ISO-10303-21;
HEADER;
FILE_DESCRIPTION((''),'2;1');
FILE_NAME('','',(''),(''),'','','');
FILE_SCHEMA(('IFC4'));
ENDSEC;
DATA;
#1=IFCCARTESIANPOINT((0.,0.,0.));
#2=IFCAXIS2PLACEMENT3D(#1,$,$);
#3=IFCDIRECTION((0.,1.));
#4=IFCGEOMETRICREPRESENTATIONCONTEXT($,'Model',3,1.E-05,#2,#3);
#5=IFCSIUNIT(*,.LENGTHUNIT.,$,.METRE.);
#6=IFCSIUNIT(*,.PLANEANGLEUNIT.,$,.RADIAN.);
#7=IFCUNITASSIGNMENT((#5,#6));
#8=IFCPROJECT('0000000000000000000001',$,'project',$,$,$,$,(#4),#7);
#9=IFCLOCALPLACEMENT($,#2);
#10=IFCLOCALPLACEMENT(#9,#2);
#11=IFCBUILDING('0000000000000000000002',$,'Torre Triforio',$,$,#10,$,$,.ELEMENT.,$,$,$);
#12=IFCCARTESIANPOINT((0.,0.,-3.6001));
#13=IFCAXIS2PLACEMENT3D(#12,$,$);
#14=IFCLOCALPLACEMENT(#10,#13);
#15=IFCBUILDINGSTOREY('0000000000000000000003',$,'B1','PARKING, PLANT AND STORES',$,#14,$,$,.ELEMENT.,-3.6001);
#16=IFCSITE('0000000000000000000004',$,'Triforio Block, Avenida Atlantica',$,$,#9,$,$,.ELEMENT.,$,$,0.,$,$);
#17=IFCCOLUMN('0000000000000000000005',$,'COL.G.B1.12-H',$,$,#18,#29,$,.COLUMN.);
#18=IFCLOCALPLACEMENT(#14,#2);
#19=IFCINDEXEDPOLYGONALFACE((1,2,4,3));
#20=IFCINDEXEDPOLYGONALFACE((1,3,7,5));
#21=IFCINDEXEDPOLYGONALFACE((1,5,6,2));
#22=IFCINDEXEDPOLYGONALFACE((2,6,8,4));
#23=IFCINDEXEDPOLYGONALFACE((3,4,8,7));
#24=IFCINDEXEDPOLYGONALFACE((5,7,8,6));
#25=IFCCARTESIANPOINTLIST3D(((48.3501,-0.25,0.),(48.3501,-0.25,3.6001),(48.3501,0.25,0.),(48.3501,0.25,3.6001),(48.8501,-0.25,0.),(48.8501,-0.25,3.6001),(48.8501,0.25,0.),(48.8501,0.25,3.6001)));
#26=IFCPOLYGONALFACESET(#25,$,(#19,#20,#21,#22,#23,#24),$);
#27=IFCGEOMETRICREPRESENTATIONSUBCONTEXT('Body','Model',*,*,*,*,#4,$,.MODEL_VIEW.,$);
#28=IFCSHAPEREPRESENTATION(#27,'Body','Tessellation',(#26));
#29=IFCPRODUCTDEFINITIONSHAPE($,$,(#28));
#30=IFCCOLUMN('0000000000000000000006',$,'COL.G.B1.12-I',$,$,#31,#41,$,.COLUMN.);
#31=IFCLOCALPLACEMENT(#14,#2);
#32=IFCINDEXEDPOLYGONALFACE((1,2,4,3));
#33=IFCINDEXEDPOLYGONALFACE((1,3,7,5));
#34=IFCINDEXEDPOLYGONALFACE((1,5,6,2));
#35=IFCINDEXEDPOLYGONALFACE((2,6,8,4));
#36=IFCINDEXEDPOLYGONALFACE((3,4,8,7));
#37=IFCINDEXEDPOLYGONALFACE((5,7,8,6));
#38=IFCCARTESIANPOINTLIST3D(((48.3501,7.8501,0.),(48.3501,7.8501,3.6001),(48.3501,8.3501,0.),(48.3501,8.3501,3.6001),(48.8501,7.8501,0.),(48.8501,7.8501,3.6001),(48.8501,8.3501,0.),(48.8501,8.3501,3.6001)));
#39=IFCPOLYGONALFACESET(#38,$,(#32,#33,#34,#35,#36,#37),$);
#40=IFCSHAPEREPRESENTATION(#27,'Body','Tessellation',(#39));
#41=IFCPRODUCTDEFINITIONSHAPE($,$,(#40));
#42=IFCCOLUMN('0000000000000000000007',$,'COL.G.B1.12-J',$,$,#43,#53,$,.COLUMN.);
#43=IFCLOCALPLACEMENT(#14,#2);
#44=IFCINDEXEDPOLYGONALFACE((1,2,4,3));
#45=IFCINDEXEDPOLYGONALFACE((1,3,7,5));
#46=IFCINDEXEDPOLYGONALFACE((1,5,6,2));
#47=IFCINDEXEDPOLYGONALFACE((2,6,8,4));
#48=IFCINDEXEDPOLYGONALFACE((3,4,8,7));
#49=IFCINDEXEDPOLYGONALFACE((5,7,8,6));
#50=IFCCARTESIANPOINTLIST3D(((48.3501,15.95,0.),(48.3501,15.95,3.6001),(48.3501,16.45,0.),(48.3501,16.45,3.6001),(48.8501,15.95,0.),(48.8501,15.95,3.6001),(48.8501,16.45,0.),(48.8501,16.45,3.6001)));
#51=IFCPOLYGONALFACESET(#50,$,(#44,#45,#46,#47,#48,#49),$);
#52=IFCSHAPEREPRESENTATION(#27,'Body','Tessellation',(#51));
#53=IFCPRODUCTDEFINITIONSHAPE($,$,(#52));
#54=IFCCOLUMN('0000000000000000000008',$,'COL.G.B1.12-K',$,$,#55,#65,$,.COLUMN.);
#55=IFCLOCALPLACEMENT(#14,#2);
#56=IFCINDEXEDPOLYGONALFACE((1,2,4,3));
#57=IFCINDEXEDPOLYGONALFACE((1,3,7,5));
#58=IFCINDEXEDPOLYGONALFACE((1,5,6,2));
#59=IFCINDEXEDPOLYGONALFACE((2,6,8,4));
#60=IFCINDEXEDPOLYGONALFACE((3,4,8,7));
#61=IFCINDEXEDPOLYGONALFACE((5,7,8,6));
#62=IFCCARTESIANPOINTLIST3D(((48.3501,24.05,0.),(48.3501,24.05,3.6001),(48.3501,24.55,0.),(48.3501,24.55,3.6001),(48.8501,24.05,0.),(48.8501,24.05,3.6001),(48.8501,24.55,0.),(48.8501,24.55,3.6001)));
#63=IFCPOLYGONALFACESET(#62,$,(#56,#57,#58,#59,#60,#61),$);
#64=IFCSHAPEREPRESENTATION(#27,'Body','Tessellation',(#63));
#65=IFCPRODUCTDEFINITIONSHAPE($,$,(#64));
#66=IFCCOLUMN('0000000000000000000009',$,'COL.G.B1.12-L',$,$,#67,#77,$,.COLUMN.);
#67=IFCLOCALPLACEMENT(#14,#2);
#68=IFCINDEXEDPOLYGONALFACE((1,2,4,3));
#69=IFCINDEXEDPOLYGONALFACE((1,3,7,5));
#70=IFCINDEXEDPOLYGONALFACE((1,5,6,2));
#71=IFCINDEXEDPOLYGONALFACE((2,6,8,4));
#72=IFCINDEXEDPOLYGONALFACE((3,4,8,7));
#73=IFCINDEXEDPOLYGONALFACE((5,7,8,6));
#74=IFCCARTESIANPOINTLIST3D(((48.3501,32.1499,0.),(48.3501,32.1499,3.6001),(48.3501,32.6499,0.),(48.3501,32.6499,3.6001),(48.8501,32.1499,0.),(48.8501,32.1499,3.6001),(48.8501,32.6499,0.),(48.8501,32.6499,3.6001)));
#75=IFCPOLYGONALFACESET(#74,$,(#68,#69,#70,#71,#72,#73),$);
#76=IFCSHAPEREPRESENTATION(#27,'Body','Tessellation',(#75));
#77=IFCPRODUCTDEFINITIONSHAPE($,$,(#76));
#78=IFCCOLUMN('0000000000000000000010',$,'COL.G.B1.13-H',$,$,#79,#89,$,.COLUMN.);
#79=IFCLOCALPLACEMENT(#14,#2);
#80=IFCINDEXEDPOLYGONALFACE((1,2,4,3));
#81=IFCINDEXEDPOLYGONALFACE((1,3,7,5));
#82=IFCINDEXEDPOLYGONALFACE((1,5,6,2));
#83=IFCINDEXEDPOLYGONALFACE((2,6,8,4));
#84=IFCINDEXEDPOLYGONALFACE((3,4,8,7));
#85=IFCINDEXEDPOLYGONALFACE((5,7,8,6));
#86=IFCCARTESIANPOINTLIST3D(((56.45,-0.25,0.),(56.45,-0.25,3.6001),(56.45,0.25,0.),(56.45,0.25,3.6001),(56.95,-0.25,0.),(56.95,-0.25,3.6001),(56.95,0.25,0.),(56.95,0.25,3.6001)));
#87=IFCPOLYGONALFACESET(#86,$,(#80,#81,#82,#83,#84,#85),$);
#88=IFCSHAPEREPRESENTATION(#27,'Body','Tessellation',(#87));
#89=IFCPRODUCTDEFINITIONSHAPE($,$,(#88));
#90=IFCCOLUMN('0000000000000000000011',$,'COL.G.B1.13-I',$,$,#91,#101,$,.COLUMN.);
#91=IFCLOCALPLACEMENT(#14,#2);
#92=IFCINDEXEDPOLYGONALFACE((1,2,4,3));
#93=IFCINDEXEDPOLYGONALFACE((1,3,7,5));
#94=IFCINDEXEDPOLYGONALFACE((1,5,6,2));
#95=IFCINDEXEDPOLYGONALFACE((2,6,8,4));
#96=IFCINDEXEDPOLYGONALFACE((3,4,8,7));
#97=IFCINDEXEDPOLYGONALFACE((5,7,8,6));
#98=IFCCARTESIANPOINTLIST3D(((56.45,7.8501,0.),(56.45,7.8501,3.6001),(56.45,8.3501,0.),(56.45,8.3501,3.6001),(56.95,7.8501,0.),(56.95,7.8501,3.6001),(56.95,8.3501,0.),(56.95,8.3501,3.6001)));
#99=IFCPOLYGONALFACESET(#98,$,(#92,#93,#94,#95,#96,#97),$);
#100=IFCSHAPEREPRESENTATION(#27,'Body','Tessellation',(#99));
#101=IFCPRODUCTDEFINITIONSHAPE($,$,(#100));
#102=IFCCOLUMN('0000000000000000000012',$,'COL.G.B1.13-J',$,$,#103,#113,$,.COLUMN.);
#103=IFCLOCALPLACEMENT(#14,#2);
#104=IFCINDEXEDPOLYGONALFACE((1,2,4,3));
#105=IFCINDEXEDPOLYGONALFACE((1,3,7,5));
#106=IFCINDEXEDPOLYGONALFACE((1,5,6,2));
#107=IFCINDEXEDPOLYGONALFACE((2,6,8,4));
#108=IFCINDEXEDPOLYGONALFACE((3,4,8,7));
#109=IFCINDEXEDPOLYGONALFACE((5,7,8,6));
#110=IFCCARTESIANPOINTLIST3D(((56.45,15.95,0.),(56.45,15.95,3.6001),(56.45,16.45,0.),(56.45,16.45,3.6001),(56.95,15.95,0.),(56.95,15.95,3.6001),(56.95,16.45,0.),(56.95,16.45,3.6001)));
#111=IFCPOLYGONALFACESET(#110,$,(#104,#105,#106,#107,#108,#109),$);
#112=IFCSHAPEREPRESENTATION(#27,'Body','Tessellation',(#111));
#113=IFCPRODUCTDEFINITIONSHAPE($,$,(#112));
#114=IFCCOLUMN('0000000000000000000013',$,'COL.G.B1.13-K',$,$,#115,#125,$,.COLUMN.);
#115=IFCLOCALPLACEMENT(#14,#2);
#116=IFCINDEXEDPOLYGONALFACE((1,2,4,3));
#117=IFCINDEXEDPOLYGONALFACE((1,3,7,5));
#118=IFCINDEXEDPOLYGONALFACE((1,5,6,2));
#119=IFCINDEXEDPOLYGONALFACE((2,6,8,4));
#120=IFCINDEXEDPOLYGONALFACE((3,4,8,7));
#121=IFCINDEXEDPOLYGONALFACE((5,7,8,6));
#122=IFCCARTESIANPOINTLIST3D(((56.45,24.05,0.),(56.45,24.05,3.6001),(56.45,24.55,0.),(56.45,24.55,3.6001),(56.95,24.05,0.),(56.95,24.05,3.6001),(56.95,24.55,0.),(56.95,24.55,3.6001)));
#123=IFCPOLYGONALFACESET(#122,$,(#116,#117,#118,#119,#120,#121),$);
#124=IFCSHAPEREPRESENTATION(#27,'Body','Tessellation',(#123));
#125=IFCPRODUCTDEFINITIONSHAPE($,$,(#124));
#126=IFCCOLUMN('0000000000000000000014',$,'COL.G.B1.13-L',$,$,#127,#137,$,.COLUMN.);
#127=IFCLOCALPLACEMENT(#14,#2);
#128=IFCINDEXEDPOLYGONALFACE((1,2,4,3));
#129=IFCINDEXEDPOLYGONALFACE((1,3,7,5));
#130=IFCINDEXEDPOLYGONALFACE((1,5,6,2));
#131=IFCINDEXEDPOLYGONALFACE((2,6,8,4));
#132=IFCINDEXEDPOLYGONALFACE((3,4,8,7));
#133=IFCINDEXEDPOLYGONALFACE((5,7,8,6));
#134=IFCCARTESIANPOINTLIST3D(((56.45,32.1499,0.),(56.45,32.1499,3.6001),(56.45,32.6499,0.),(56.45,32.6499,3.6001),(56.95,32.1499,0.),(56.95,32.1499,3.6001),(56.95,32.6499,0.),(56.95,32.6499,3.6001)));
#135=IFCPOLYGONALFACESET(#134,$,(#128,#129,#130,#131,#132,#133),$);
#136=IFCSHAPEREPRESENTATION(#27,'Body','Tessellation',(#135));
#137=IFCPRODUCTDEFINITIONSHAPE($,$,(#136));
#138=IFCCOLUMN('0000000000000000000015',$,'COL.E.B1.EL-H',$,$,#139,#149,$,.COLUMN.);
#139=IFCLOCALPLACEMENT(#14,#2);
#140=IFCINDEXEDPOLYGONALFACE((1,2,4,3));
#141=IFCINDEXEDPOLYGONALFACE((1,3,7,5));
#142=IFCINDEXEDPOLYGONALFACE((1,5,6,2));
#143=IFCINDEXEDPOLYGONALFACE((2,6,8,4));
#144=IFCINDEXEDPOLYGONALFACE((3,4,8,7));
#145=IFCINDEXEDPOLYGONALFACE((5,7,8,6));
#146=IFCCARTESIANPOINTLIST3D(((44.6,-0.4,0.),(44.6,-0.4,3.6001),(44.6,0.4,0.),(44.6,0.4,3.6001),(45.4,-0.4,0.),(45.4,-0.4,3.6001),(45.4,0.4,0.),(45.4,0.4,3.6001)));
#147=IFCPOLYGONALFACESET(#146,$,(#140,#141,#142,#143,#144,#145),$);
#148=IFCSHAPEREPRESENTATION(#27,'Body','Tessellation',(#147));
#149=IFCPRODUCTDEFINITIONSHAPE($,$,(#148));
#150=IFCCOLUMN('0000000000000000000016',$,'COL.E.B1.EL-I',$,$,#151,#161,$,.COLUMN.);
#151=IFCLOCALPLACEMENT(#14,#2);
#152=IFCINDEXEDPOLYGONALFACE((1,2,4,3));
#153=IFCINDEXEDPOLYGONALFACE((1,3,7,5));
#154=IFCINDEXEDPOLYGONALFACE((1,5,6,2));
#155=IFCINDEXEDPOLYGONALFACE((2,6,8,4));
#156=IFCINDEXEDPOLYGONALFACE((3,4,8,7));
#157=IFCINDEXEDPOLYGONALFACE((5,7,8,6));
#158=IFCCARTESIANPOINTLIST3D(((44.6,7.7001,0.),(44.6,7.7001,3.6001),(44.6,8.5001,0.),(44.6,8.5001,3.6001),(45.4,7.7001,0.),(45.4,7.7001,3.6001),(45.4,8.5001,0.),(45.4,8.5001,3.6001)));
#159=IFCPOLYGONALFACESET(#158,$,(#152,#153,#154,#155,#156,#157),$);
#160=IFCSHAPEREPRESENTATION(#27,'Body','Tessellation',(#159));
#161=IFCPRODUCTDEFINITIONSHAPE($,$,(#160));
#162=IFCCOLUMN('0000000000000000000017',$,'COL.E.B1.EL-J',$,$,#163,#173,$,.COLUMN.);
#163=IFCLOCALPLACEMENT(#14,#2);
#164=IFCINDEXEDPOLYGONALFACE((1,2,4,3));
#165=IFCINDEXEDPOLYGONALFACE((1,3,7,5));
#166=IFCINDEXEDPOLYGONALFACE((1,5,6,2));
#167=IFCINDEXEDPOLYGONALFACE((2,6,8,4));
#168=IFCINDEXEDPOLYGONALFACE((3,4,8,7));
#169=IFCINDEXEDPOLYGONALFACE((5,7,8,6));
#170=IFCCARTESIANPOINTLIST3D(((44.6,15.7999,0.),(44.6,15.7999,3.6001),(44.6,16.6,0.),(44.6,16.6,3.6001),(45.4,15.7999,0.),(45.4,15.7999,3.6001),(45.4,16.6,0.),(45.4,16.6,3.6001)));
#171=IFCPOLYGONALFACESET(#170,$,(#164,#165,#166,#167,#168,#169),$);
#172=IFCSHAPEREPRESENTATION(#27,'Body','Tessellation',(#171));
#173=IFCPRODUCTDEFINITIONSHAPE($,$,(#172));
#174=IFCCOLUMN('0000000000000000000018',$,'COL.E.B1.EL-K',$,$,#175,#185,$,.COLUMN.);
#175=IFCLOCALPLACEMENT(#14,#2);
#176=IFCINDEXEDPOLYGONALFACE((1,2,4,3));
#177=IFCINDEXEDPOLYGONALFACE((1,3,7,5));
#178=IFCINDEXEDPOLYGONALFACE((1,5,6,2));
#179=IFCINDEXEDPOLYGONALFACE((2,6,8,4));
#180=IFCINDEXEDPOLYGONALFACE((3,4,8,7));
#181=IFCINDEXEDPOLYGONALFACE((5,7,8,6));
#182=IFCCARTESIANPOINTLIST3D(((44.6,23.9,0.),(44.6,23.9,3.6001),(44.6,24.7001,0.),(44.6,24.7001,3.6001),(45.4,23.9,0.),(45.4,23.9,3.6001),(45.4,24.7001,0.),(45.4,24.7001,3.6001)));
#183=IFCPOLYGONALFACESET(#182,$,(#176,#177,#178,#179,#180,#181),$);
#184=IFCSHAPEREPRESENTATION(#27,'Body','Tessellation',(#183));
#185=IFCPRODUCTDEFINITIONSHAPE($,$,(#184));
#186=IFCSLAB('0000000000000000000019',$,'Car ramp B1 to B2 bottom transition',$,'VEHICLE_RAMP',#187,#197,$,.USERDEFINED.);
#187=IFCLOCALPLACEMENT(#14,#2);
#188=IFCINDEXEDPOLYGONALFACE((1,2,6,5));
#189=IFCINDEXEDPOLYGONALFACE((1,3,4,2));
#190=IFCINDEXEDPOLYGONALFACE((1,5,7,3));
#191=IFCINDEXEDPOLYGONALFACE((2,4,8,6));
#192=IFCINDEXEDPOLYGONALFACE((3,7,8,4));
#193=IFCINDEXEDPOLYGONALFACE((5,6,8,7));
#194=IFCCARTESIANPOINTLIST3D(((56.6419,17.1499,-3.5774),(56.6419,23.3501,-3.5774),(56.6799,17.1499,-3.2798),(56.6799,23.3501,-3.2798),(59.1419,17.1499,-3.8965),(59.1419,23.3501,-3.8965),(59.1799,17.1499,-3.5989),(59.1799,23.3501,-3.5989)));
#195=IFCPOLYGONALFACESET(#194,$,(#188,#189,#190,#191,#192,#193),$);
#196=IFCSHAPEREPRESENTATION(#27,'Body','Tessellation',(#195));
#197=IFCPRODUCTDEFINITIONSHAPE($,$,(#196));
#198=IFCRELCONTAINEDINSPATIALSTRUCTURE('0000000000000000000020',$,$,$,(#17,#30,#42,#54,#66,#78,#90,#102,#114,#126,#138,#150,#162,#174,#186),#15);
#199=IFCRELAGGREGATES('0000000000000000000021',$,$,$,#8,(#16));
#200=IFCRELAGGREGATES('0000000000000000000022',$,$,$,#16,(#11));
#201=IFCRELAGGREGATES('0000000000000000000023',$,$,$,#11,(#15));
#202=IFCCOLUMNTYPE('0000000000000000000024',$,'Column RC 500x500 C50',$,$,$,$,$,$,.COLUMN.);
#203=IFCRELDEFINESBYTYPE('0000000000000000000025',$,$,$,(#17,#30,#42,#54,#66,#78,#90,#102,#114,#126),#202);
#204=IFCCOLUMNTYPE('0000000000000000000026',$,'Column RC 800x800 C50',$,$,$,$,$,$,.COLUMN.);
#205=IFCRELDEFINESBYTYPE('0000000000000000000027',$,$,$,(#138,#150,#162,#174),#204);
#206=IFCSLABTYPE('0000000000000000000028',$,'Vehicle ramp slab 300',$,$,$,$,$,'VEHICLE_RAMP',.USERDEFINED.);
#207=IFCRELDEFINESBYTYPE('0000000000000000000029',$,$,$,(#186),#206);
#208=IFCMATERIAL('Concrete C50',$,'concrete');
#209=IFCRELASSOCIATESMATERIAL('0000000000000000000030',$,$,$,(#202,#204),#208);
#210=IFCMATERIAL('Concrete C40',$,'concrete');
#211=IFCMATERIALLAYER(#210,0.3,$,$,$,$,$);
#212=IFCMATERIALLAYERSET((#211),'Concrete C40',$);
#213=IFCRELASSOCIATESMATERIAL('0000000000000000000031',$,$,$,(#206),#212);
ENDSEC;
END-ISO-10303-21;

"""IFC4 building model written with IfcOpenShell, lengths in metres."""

from ifc_helpers import new_model, si_unit, direction, frame, origin, origin_2d, place, context, subcontext, project, spatial, polyline, rectangle, outline, extrude, material, layer, layer_set, material_profile, profile_set, type_object, element, save


model = new_model("IFC4")

# Units and contexts
model_context = context("Model", 3, precision=1e-05, world=origin(), true_north=direction((0.0, 1.0)))
body_context = subcontext(model_context, "Body", "Model", "MODEL_VIEW")
ifc_project = project(units=[si_unit("LENGTHUNIT", "METRE"), si_unit("PLANEANGLEUNIT", "RADIAN")], contexts=[model_context])

# Site, building, storey
site_placement = place(None, origin())
site = spatial("IfcSite", under=ifc_project, at=site_placement, Name="Triforio Block, Avenida Atlantica", CompositionType="ELEMENT", RefElevation=0.0)
building_placement = place(site_placement, origin())
building = spatial("IfcBuilding", under=site, at=building_placement, Name="Torre Triforio", CompositionType="ELEMENT")
storey_placement = place(building_placement, frame((0.0, 0.0, -3.6001)))
storey = spatial("IfcBuildingStorey", under=building, at=storey_placement, Name="B1", Description="PARKING, PLANT AND STORES", CompositionType="ELEMENT", Elevation=-3.6001)

# Columns
ifc_material_1 = material(Name="Concrete C50", Category="concrete")
ifc_material_profile_1 = material_profile(ifc_material_1, rectangle(XDim=0.5, YDim=0.5, at=origin_2d()), Name="RC 500x500")
ifc_profile_set_1 = profile_set([ifc_material_profile_1], Name="Concrete C50")
column_type_1 = type_object("IfcColumnType", Name="Column RC 500x500 C50", PredefinedType="COLUMN", material=ifc_profile_set_1)
for number, where, z_axis, x_axis, name in (
    (1, (48.6001, 0.0, 0.0), (0.0, 0.0, 1.0), (1.0, 0.0, 0.0), "COL.G.B1.12-H"),
    (2, (48.6001, 8.1001, 0.0), (0.0, 0.0, 1.0), (1.0, 0.0, 0.0), "COL.G.B1.12-I"),
    (3, (48.6001, 16.2, 0.0), (0.0, 0.0, 1.0), (1.0, 0.0, 0.0), "COL.G.B1.12-J"),
    (4, (48.6001, 24.3, 0.0), (0.0, 0.0, 1.0), (1.0, 0.0, 0.0), "COL.G.B1.12-K"),
    (5, (48.6001, 32.3999, 0.0), (0.0, 0.0, 1.0), (1.0, 0.0, 0.0), "COL.G.B1.12-L"),
    (6, (56.7, 0.0, 0.0), (0.0, 0.0, 1.0), (1.0, 0.0, 0.0), "COL.G.B1.13-H"),
    (7, (56.7, 8.1001, 0.0), (0.0, 0.0, 1.0), (1.0, 0.0, 0.0), "COL.G.B1.13-I"),
    (8, (56.7, 16.2, 0.0), (0.0, 0.0, 1.0), (1.0, 0.0, 0.0), "COL.G.B1.13-J"),
    (9, (56.7, 24.3, 0.0), (0.0, 0.0, 1.0), (1.0, 0.0, 0.0), "COL.G.B1.13-K"),
    (10, (56.7, 32.3999, 0.0), (0.0, 0.0, 1.0), (1.0, 0.0, 0.0), "COL.G.B1.13-L"),
):
    element("IfcColumn", number, at=place(storey_placement, frame(where, z_axis=z_axis, x_axis=x_axis)), inside=storey, type_object=column_type_1, Name=name, PredefinedType="COLUMN", context=body_context, shape_type="SweptSolid", body=[
        extrude(rectangle(XDim=0.5, YDim=0.5, at=origin_2d()), origin(), (0.0, 0.0, 1.0), 3.6001),
    ])
ifc_material_profile_2 = material_profile(ifc_material_1, rectangle(XDim=0.8, YDim=0.8, at=origin_2d()), Name="RC 800x800")
ifc_profile_set_2 = profile_set([ifc_material_profile_2], Name="Concrete C50")
column_type_2 = type_object("IfcColumnType", Name="Column RC 800x800 C50", PredefinedType="COLUMN", material=ifc_profile_set_2)
for number, where, z_axis, x_axis, name in (
    (11, (45.0, 0.0, 0.0), (0.0, 0.0, 1.0), (1.0, 0.0, 0.0), "COL.E.B1.EL-H"),
    (12, (45.0, 8.1001, 0.0), (0.0, 0.0, 1.0), (1.0, 0.0, 0.0), "COL.E.B1.EL-I"),
    (13, (45.0, 16.2, 0.0), (0.0, 0.0, 1.0), (1.0, 0.0, 0.0), "COL.E.B1.EL-J"),
    (14, (45.0, 24.3, 0.0), (0.0, 0.0, 1.0), (1.0, 0.0, 0.0), "COL.E.B1.EL-K"),
):
    element("IfcColumn", number, at=place(storey_placement, frame(where, z_axis=z_axis, x_axis=x_axis)), inside=storey, type_object=column_type_2, Name=name, PredefinedType="COLUMN", context=body_context, shape_type="SweptSolid", body=[
        extrude(rectangle(XDim=0.8, YDim=0.8, at=origin_2d()), origin(), (0.0, 0.0, 1.0), 3.6001),
    ])

# Slab
ifc_material_2 = material(Name="Concrete C40", Category="concrete")
ifc_layer = layer(ifc_material_2, 0.3)
ifc_layer_set = layer_set([ifc_layer], Name="Concrete C40")
slab_type = type_object("IfcSlabType", Name="Vehicle ramp slab 300", ElementType="VEHICLE_RAMP", PredefinedType="USERDEFINED", material=ifc_layer_set)
slab_placement = place(storey_placement, frame((56.6799, 17.1499, -3.2798), z_axis=(0.12661, 0.0, 0.991953), x_axis=(0.991953, 0.0, -0.12661)))
element("IfcSlab", 15, at=slab_placement, inside=storey, type_object=slab_type, Name="Car ramp B1 to B2 bottom transition", ObjectType="VEHICLE_RAMP", PredefinedType="USERDEFINED", context=body_context, shape_type="SweptSolid", body=[
    extrude(outline(polyline([(0.0, 0.0), (2.5203, 0.0), (2.5203, 6.2002), (0.0, 6.2002), (0.0, 0.0)])), origin(), (0.0, 0.0, -1.0), 0.3),
])

save(model, "model.ifc")
